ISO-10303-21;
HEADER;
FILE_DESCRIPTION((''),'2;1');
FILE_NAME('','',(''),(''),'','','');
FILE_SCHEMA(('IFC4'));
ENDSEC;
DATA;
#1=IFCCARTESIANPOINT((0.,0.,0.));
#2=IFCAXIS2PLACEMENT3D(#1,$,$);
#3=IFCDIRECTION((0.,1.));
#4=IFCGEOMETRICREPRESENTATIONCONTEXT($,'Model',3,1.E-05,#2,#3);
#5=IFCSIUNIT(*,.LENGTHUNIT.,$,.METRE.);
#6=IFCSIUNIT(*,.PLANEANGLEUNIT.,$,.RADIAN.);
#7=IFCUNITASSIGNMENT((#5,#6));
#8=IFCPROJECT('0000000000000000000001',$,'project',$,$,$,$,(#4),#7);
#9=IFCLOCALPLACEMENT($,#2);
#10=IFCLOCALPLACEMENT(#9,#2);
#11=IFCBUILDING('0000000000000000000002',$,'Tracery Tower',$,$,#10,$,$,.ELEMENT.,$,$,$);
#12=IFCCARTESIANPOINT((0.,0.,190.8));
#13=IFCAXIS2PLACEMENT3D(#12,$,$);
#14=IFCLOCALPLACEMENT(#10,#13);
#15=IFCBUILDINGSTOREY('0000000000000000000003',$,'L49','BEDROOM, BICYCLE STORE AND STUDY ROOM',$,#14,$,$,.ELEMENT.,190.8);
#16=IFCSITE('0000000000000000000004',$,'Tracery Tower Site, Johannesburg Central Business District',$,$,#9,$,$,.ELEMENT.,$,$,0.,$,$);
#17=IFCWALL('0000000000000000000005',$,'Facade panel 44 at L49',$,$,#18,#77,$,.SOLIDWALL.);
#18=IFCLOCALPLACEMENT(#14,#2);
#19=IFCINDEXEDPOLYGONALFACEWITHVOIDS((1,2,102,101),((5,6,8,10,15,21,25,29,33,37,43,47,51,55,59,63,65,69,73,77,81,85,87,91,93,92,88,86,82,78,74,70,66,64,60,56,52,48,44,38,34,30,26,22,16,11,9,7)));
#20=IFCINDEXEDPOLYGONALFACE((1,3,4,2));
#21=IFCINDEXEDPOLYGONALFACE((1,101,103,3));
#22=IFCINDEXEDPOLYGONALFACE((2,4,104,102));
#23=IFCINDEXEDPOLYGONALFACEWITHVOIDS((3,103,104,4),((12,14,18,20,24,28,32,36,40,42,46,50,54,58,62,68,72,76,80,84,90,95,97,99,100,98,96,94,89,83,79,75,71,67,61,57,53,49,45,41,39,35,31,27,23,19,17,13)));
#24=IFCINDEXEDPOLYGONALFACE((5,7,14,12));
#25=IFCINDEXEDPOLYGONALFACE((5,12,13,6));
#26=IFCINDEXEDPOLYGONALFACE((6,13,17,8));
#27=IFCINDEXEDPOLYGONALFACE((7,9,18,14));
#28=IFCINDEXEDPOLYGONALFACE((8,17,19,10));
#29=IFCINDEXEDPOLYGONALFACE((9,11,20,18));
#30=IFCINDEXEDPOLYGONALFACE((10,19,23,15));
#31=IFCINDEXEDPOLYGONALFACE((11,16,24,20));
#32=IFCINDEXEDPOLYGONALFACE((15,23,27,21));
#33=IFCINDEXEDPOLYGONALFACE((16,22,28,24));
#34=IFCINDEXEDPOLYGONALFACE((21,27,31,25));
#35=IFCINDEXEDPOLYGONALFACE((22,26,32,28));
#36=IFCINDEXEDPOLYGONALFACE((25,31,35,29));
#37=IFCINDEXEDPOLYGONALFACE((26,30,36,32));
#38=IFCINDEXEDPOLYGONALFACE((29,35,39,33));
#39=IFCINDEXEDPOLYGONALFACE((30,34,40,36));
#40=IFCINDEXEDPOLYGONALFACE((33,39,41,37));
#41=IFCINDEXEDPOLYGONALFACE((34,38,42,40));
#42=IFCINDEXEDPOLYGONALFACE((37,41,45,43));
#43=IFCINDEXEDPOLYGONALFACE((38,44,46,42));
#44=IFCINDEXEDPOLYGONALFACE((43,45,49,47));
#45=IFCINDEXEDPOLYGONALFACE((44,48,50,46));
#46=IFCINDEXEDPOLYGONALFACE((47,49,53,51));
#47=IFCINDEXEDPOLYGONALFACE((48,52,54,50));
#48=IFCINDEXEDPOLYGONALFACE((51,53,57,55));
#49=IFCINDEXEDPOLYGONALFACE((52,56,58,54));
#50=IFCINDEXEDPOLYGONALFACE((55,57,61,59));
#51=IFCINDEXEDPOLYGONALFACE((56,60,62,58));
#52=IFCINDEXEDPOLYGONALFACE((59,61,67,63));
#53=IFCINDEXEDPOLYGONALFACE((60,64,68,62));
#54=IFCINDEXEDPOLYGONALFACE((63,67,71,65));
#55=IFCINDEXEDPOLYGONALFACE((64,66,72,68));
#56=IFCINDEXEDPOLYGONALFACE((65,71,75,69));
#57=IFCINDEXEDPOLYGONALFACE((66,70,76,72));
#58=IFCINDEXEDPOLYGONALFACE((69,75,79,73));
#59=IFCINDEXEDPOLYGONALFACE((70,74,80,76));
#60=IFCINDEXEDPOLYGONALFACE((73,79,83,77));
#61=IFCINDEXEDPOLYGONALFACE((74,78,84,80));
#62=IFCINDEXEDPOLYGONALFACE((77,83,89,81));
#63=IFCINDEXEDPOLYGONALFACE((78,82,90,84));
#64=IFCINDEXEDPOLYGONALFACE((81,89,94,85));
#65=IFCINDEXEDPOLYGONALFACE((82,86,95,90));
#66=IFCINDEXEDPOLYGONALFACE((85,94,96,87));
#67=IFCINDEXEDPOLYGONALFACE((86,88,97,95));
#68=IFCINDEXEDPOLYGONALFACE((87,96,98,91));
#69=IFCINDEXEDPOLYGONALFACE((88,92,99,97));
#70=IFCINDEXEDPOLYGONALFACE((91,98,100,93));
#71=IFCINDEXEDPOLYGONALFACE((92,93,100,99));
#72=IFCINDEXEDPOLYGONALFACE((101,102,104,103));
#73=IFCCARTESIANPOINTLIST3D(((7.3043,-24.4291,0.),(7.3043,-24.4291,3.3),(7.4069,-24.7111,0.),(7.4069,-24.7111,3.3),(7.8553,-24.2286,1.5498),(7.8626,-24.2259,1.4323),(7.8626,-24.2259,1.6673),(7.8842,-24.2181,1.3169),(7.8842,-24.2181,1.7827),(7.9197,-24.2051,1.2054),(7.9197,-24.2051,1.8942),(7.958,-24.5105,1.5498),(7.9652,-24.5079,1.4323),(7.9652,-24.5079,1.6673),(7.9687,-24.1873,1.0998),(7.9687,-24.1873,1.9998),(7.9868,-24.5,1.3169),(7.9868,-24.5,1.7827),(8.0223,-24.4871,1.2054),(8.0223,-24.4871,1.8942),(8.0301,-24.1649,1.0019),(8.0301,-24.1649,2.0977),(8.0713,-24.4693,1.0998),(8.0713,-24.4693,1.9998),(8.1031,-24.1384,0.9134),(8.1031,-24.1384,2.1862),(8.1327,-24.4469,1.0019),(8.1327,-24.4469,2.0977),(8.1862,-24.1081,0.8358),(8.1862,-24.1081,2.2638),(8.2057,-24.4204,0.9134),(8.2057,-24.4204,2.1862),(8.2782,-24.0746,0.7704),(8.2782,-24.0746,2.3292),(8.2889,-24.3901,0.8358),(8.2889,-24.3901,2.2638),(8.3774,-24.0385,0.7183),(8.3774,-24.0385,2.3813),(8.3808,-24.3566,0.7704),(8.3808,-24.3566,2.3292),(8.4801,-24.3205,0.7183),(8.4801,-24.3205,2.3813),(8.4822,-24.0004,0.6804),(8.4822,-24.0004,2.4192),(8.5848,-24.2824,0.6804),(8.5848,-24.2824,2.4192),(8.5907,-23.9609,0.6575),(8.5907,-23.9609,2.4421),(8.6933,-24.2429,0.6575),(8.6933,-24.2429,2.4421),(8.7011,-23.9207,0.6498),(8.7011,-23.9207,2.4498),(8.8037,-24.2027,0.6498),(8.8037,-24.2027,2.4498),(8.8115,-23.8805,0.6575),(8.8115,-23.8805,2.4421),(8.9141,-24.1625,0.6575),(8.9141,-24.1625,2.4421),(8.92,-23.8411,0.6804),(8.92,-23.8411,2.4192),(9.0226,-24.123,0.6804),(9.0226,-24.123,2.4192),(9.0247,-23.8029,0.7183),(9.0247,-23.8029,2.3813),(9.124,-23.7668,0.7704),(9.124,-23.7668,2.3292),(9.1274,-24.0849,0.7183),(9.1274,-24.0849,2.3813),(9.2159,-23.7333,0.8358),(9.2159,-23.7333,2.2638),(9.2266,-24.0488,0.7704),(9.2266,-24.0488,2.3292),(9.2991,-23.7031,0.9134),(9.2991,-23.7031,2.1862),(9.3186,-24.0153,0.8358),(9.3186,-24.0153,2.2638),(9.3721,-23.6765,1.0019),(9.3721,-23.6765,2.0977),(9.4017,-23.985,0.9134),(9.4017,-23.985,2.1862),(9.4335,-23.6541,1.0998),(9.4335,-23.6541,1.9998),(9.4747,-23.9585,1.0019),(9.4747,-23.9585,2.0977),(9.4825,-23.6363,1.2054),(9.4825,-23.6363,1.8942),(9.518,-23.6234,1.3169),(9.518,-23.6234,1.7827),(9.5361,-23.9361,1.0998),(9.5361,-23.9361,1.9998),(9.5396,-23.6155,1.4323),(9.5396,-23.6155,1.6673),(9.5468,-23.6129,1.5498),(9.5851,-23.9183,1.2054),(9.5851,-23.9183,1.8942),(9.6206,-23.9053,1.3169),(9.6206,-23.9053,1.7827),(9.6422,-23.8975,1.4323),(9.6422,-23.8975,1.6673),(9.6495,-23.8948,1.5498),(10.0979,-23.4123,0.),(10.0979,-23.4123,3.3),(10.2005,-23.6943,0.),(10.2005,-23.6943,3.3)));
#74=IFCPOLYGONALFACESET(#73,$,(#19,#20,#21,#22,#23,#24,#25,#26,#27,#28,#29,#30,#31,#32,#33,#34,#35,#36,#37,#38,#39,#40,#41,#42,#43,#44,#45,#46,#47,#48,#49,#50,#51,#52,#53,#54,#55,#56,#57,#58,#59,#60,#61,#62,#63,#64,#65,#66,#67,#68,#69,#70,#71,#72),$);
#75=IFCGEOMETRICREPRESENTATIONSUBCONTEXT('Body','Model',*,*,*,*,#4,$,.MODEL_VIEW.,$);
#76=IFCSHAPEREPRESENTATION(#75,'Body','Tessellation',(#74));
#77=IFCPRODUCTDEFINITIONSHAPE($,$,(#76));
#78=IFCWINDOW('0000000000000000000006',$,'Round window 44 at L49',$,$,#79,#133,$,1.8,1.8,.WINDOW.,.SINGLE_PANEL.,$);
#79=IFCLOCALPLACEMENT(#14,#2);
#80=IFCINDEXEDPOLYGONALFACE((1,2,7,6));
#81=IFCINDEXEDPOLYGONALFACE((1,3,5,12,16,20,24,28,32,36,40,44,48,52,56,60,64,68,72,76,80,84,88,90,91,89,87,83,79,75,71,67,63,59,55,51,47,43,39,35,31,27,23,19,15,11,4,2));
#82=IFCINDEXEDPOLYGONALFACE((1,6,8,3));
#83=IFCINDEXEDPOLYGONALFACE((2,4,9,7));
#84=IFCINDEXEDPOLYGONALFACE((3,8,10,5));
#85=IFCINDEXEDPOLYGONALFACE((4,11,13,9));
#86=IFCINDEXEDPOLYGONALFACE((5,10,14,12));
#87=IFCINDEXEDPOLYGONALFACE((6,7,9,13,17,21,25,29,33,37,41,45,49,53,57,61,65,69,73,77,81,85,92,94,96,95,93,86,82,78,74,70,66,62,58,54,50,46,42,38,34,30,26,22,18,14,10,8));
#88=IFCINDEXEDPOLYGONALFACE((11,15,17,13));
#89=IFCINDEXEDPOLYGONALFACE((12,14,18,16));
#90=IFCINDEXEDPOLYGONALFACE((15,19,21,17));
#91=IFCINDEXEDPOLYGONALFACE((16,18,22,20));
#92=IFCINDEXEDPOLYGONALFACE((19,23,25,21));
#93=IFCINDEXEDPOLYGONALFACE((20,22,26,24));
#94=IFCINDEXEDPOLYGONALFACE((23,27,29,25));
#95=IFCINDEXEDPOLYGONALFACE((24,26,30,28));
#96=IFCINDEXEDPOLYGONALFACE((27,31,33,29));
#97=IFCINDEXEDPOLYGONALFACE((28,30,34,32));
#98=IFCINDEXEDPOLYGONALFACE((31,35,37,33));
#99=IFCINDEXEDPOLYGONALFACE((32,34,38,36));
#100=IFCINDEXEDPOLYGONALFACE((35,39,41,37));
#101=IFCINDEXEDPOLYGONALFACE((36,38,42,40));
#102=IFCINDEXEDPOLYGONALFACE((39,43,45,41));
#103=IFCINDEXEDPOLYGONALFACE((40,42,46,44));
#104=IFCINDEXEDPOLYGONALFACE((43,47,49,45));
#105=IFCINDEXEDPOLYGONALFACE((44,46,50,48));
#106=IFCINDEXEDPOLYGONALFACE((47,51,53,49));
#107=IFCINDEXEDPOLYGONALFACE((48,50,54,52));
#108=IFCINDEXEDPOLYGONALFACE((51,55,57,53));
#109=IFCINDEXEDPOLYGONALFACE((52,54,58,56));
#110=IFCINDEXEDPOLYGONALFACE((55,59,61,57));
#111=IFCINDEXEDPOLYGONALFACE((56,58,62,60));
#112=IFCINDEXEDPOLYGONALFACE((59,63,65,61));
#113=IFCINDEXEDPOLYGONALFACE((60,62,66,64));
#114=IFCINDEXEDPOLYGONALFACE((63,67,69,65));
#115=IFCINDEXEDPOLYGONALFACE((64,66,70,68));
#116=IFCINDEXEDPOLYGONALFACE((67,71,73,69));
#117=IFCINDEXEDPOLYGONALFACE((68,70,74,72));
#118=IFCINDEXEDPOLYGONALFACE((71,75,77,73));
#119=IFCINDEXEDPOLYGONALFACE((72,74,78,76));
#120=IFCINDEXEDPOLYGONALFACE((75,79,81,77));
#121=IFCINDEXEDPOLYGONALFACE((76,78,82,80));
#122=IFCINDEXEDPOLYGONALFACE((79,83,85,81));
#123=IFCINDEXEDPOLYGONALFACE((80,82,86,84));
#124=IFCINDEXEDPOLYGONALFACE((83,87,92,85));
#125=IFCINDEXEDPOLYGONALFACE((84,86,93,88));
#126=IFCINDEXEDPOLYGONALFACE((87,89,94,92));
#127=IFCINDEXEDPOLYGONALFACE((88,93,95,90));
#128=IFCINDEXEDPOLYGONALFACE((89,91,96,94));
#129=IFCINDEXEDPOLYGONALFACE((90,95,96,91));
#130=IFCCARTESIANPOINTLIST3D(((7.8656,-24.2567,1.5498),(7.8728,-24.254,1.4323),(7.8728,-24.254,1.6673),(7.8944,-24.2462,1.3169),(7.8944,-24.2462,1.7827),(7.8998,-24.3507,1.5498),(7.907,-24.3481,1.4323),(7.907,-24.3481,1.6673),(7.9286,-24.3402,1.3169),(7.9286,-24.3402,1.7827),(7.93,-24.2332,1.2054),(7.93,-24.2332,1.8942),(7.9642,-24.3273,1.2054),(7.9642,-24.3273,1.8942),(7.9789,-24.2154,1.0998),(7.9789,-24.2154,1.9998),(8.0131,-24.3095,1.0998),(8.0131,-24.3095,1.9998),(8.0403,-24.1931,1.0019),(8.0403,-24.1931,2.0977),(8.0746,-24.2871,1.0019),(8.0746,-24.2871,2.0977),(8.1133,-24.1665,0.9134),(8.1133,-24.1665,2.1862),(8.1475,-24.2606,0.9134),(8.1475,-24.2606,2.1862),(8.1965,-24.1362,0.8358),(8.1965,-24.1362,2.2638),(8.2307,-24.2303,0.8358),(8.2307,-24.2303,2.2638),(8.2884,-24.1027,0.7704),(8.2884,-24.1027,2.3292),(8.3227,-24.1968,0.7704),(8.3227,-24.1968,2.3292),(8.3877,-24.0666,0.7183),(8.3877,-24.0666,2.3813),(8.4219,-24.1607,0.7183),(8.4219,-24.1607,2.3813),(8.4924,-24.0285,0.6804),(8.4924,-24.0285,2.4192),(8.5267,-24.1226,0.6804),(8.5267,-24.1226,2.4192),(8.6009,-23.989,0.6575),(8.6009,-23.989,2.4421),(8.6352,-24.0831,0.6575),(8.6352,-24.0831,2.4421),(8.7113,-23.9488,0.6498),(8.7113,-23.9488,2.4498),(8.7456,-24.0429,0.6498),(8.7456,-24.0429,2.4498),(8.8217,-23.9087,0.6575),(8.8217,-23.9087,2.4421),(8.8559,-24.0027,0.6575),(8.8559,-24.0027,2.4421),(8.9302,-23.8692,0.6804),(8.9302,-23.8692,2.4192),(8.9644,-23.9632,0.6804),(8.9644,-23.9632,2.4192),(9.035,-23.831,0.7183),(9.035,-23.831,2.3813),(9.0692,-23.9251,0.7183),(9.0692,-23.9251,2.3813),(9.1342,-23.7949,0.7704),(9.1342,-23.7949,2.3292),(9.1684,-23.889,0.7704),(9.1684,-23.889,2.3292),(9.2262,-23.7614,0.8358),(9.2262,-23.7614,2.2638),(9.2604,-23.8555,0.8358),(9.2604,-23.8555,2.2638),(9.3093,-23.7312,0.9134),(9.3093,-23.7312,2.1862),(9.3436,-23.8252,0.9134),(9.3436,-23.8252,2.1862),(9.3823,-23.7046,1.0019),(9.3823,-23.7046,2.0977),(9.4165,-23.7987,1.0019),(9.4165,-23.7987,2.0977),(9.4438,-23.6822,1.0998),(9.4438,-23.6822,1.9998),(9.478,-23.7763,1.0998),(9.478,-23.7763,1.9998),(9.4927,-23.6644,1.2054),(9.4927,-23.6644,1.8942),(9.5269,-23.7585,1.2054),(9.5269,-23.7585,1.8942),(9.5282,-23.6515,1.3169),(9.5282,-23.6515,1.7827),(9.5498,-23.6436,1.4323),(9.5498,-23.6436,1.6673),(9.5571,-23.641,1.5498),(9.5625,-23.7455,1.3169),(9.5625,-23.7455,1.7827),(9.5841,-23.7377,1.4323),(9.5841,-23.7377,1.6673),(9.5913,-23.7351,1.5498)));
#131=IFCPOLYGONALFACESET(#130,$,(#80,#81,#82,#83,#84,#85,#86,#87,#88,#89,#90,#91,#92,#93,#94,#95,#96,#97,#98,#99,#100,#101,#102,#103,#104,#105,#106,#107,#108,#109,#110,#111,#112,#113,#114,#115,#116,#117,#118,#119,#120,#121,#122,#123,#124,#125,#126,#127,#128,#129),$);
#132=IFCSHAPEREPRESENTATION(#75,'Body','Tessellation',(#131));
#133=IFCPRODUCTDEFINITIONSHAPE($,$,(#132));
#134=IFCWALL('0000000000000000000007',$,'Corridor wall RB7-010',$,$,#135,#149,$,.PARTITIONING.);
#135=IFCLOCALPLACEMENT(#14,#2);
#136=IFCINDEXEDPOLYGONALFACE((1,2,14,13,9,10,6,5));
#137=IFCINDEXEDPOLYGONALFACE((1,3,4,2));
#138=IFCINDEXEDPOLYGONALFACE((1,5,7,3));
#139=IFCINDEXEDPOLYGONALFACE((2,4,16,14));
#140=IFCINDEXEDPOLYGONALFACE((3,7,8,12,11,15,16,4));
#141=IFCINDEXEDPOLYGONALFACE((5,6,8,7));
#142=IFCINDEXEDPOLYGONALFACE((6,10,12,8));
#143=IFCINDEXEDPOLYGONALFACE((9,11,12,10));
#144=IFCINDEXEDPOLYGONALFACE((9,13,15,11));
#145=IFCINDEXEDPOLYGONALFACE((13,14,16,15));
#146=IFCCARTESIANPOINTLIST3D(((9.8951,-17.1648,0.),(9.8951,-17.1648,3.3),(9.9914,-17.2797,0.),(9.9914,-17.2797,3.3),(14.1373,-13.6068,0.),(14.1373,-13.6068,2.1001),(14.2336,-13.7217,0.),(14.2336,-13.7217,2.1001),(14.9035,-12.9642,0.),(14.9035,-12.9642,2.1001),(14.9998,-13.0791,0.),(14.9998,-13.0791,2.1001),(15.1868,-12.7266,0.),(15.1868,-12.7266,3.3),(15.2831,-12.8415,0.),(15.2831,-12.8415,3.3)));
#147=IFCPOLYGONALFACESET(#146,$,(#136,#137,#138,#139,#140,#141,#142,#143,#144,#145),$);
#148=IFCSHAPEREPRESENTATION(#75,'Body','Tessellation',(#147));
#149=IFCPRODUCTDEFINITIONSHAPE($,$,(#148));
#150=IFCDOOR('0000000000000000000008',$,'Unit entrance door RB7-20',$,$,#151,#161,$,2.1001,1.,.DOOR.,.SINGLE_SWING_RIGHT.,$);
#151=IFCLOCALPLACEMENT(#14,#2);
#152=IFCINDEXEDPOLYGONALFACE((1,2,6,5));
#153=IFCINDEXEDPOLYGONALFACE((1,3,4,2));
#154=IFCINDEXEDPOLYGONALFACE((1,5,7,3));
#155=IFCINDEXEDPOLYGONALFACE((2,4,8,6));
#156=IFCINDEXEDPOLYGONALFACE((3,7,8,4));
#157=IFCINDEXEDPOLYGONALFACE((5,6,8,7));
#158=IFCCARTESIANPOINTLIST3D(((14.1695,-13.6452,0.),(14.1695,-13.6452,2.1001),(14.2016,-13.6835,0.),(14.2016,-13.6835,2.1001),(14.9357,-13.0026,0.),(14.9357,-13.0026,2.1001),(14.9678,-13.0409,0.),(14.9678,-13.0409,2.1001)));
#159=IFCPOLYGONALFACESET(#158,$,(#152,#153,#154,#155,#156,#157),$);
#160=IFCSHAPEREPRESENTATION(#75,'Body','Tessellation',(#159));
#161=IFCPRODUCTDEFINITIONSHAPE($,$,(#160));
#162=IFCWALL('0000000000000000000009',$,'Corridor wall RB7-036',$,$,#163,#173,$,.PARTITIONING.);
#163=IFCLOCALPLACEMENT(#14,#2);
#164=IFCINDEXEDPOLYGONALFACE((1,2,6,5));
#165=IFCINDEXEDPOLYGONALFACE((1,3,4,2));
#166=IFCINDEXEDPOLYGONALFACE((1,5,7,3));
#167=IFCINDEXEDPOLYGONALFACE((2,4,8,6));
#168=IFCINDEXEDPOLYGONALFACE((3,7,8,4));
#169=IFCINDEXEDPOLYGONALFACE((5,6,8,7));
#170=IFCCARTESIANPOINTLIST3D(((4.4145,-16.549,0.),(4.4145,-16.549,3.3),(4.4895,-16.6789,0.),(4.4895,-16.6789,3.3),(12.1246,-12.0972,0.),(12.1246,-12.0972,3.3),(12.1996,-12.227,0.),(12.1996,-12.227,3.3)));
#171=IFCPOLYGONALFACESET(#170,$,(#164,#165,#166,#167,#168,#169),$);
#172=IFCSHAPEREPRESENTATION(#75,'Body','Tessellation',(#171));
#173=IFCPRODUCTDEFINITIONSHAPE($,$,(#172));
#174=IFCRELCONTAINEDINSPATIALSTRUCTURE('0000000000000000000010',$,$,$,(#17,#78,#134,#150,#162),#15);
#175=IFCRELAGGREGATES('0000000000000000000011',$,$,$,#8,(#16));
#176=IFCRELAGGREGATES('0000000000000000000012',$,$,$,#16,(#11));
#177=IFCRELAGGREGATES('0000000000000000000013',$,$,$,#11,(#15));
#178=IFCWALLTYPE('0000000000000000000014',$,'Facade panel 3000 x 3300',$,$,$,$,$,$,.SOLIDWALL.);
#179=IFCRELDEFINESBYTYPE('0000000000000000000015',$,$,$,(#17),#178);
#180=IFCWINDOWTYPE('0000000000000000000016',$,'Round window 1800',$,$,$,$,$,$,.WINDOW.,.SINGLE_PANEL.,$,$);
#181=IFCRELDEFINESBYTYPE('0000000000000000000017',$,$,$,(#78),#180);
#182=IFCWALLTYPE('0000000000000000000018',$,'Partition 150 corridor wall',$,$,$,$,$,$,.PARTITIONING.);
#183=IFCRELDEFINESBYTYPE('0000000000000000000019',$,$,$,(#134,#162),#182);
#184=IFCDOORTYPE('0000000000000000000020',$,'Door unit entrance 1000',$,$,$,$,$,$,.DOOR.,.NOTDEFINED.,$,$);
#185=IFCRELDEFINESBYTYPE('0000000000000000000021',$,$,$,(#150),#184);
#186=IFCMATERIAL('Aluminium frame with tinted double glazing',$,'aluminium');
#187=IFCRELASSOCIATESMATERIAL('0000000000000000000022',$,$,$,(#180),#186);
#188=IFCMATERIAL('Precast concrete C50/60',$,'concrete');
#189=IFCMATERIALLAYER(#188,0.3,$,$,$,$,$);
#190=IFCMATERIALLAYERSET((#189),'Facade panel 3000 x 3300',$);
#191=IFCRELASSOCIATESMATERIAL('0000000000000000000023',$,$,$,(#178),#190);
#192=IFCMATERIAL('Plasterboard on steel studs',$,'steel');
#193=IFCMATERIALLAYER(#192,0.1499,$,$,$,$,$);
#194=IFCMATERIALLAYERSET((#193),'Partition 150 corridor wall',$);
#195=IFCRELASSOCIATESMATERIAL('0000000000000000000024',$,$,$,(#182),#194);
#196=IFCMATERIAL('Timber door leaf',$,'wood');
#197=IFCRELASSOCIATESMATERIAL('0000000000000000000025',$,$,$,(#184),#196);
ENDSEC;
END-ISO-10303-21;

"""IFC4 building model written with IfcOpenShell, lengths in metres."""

from ifc_helpers import new_model, si_unit, direction, frame, frame_2d, origin, origin_2d, place, context, subcontext, project, spatial, rectangle, circle, extrude, material, layer, layer_set, type_object, element, fill, save


model = new_model("IFC4")

# Units and contexts
model_context = context("Model", 3, precision=1e-05, world=origin(), true_north=direction((0.0, 1.0)))
body_context = subcontext(model_context, "Body", "Model", "MODEL_VIEW")
ifc_project = project(units=[si_unit("LENGTHUNIT", "METRE"), si_unit("PLANEANGLEUNIT", "RADIAN")], contexts=[model_context])

# Site, building, storey
site_placement = place(None, origin())
site = spatial("IfcSite", under=ifc_project, at=site_placement, Name="Tracery Tower Site, Johannesburg Central Business District", CompositionType="ELEMENT", RefElevation=0.0)
building_placement = place(site_placement, origin())
building = spatial("IfcBuilding", under=site, at=building_placement, Name="Tracery Tower", CompositionType="ELEMENT")
storey_placement = place(building_placement, frame((0.0, 0.0, 190.8)))
storey = spatial("IfcBuildingStorey", under=building, at=storey_placement, Name="L49", Description="BEDROOM, BICYCLE STORE AND STUDY ROOM", CompositionType="ELEMENT", Elevation=190.8)

# Wall, opening, window
ifc_material_1 = material(Name="Aluminium frame with tinted double glazing", Category="aluminium")
window_type = type_object("IfcWindowType", Name="Round window 1800", PartitioningType="SINGLE_PANEL", PredefinedType="WINDOW", material=ifc_material_1)
ifc_material_2 = material(Name="Precast concrete C50/60", Category="concrete")
ifc_layer_1 = layer(ifc_material_2, 0.3)
ifc_layer_set_1 = layer_set([ifc_layer_1], Name="Facade panel 3000 x 3300")
wall_type_1 = type_object("IfcWallType", Name="Facade panel 3000 x 3300", PredefinedType="SOLIDWALL", material=ifc_layer_set_1)
wall_1_placement = place(storey_placement, frame((7.3557, -24.5701, 0.0), z_axis=(0.0, 0.0, 1.0), x_axis=(0.93969, 0.342027, 0.0)))
wall_1 = element("IfcWall", 1, at=wall_1_placement, inside=storey, type_object=wall_type_1, Name="Facade panel 44 at L49", PredefinedType="SOLIDWALL", context=body_context, shape_type="SweptSolid", body=[
    extrude(rectangle(XDim=2.9729, YDim=0.3, at=frame_2d((1.4863, 0.0))), origin(), (0.0, 0.0, 1.0), 3.3),
])
opening_1_placement = place(wall_1_placement, frame((1.4863, 0.0, 1.5498)))
opening_1 = element("IfcOpeningElement", 2, at=opening_1_placement, cuts=wall_1, PredefinedType="OPENING", context=body_context, shape_type="SweptSolid", body=[
    extrude(circle(Radius=0.9, at=origin_2d()), frame((0.0, 0.1599, 0.0), z_axis=(0.0, -1.0, 0.0), x_axis=(1.0, 0.0, 0.0)), (0.0, 0.0, 1.0), 0.3201),
])
window_1_placement = place(opening_1_placement, origin())
window_1 = element("IfcWindow", 3, at=window_1_placement, inside=storey, type_object=window_type, Name="Round window 44 at L49", OverallHeight=1.8, OverallWidth=1.8, PartitioningType="SINGLE_PANEL", PredefinedType="WINDOW", context=body_context, shape_type="SweptSolid", body=[
    extrude(circle(Radius=0.9, at=origin_2d()), frame((0.0, 0.1201, 0.0), z_axis=(0.0, -1.0, 0.0), x_axis=(1.0, 0.0, 0.0)), (0.0, 0.0, 1.0), 0.1001),
])
fill(opening_1, window_1)

# Wall, opening, door
ifc_material_3 = material(Name="Plasterboard on steel studs", Category="steel")
ifc_layer_2 = layer(ifc_material_3, 0.1499)
ifc_layer_set_2 = layer_set([ifc_layer_2], Name="Partition 150 corridor wall")
wall_type_2 = type_object("IfcWallType", Name="Partition 150 corridor wall", PredefinedType="PARTITIONING", material=ifc_layer_set_2)
wall_2_placement = place(storey_placement, frame((9.9434, -17.2222, 0.0), z_axis=(0.0, 0.0, 1.0), x_axis=(0.766192, 0.642612, 0.0)))
wall_2 = element("IfcWall", 4, at=wall_2_placement, inside=storey, type_object=wall_type_2, Name="Corridor wall RB7-010", PredefinedType="PARTITIONING", context=body_context, shape_type="SweptSolid", body=[
    extrude(rectangle(XDim=6.9065, YDim=0.1499, at=frame_2d((3.4531, 0.0))), origin(), (0.0, 0.0, 1.0), 3.3),
])
opening_2_placement = place(wall_2_placement, frame((5.5366, 0.0, 0.0)))
opening_2 = element("IfcOpeningElement", 5, at=opening_2_placement, cuts=wall_2, PredefinedType="OPENING", context=body_context, shape_type="SweptSolid", body=[
    extrude(rectangle(XDim=1.0, YDim=2.1001, at=frame_2d((0.5, 1.05))), frame((0.0, 0.075, 0.0), z_axis=(0.0, -1.0, 0.0), x_axis=(1.0, 0.0, 0.0)), (0.0, 0.0, 1.0), 0.1499),
])
ifc_material_4 = material(Name="Timber door leaf", Category="wood")
door_type_1 = type_object("IfcDoorType", Name="Door unit entrance 1000", OperationType="NOTDEFINED", PredefinedType="DOOR", material=ifc_material_4)
door_1_placement = place(opening_2_placement, origin())
door_1 = element("IfcDoor", 6, at=door_1_placement, inside=storey, type_object=door_type_1, Name="Unit entrance door RB7-20", OperationType="SINGLE_SWING_RIGHT", OverallHeight=2.1001, OverallWidth=1.0, PredefinedType="DOOR", context=body_context, shape_type="SweptSolid", body=[
    extrude(rectangle(XDim=1.0, YDim=2.1001, at=frame_2d((0.5, 1.05))), frame((0.0, 0.0249, 0.0), z_axis=(0.0, -1.0, 0.0), x_axis=(1.0, 0.0, 0.0)), (0.0, 0.0, 1.0), 0.05),
])
fill(opening_2, door_1)

# Wall
wall_3_placement = place(storey_placement, frame((4.4519, -16.614, 0.0), z_axis=(0.0, 0.0, 1.0), x_axis=(0.866005, 0.500035, 0.0)))
element("IfcWall", 7, at=wall_3_placement, inside=storey, type_object=wall_type_2, Name="Corridor wall RB7-036", PredefinedType="PARTITIONING", context=body_context, shape_type="SweptSolid", body=[
    extrude(rectangle(XDim=8.9031, YDim=0.1499, at=frame_2d((4.4517, 0.0))), origin(), (0.0, 0.0, 1.0), 3.3),
])

save(model, "model.ifc")
